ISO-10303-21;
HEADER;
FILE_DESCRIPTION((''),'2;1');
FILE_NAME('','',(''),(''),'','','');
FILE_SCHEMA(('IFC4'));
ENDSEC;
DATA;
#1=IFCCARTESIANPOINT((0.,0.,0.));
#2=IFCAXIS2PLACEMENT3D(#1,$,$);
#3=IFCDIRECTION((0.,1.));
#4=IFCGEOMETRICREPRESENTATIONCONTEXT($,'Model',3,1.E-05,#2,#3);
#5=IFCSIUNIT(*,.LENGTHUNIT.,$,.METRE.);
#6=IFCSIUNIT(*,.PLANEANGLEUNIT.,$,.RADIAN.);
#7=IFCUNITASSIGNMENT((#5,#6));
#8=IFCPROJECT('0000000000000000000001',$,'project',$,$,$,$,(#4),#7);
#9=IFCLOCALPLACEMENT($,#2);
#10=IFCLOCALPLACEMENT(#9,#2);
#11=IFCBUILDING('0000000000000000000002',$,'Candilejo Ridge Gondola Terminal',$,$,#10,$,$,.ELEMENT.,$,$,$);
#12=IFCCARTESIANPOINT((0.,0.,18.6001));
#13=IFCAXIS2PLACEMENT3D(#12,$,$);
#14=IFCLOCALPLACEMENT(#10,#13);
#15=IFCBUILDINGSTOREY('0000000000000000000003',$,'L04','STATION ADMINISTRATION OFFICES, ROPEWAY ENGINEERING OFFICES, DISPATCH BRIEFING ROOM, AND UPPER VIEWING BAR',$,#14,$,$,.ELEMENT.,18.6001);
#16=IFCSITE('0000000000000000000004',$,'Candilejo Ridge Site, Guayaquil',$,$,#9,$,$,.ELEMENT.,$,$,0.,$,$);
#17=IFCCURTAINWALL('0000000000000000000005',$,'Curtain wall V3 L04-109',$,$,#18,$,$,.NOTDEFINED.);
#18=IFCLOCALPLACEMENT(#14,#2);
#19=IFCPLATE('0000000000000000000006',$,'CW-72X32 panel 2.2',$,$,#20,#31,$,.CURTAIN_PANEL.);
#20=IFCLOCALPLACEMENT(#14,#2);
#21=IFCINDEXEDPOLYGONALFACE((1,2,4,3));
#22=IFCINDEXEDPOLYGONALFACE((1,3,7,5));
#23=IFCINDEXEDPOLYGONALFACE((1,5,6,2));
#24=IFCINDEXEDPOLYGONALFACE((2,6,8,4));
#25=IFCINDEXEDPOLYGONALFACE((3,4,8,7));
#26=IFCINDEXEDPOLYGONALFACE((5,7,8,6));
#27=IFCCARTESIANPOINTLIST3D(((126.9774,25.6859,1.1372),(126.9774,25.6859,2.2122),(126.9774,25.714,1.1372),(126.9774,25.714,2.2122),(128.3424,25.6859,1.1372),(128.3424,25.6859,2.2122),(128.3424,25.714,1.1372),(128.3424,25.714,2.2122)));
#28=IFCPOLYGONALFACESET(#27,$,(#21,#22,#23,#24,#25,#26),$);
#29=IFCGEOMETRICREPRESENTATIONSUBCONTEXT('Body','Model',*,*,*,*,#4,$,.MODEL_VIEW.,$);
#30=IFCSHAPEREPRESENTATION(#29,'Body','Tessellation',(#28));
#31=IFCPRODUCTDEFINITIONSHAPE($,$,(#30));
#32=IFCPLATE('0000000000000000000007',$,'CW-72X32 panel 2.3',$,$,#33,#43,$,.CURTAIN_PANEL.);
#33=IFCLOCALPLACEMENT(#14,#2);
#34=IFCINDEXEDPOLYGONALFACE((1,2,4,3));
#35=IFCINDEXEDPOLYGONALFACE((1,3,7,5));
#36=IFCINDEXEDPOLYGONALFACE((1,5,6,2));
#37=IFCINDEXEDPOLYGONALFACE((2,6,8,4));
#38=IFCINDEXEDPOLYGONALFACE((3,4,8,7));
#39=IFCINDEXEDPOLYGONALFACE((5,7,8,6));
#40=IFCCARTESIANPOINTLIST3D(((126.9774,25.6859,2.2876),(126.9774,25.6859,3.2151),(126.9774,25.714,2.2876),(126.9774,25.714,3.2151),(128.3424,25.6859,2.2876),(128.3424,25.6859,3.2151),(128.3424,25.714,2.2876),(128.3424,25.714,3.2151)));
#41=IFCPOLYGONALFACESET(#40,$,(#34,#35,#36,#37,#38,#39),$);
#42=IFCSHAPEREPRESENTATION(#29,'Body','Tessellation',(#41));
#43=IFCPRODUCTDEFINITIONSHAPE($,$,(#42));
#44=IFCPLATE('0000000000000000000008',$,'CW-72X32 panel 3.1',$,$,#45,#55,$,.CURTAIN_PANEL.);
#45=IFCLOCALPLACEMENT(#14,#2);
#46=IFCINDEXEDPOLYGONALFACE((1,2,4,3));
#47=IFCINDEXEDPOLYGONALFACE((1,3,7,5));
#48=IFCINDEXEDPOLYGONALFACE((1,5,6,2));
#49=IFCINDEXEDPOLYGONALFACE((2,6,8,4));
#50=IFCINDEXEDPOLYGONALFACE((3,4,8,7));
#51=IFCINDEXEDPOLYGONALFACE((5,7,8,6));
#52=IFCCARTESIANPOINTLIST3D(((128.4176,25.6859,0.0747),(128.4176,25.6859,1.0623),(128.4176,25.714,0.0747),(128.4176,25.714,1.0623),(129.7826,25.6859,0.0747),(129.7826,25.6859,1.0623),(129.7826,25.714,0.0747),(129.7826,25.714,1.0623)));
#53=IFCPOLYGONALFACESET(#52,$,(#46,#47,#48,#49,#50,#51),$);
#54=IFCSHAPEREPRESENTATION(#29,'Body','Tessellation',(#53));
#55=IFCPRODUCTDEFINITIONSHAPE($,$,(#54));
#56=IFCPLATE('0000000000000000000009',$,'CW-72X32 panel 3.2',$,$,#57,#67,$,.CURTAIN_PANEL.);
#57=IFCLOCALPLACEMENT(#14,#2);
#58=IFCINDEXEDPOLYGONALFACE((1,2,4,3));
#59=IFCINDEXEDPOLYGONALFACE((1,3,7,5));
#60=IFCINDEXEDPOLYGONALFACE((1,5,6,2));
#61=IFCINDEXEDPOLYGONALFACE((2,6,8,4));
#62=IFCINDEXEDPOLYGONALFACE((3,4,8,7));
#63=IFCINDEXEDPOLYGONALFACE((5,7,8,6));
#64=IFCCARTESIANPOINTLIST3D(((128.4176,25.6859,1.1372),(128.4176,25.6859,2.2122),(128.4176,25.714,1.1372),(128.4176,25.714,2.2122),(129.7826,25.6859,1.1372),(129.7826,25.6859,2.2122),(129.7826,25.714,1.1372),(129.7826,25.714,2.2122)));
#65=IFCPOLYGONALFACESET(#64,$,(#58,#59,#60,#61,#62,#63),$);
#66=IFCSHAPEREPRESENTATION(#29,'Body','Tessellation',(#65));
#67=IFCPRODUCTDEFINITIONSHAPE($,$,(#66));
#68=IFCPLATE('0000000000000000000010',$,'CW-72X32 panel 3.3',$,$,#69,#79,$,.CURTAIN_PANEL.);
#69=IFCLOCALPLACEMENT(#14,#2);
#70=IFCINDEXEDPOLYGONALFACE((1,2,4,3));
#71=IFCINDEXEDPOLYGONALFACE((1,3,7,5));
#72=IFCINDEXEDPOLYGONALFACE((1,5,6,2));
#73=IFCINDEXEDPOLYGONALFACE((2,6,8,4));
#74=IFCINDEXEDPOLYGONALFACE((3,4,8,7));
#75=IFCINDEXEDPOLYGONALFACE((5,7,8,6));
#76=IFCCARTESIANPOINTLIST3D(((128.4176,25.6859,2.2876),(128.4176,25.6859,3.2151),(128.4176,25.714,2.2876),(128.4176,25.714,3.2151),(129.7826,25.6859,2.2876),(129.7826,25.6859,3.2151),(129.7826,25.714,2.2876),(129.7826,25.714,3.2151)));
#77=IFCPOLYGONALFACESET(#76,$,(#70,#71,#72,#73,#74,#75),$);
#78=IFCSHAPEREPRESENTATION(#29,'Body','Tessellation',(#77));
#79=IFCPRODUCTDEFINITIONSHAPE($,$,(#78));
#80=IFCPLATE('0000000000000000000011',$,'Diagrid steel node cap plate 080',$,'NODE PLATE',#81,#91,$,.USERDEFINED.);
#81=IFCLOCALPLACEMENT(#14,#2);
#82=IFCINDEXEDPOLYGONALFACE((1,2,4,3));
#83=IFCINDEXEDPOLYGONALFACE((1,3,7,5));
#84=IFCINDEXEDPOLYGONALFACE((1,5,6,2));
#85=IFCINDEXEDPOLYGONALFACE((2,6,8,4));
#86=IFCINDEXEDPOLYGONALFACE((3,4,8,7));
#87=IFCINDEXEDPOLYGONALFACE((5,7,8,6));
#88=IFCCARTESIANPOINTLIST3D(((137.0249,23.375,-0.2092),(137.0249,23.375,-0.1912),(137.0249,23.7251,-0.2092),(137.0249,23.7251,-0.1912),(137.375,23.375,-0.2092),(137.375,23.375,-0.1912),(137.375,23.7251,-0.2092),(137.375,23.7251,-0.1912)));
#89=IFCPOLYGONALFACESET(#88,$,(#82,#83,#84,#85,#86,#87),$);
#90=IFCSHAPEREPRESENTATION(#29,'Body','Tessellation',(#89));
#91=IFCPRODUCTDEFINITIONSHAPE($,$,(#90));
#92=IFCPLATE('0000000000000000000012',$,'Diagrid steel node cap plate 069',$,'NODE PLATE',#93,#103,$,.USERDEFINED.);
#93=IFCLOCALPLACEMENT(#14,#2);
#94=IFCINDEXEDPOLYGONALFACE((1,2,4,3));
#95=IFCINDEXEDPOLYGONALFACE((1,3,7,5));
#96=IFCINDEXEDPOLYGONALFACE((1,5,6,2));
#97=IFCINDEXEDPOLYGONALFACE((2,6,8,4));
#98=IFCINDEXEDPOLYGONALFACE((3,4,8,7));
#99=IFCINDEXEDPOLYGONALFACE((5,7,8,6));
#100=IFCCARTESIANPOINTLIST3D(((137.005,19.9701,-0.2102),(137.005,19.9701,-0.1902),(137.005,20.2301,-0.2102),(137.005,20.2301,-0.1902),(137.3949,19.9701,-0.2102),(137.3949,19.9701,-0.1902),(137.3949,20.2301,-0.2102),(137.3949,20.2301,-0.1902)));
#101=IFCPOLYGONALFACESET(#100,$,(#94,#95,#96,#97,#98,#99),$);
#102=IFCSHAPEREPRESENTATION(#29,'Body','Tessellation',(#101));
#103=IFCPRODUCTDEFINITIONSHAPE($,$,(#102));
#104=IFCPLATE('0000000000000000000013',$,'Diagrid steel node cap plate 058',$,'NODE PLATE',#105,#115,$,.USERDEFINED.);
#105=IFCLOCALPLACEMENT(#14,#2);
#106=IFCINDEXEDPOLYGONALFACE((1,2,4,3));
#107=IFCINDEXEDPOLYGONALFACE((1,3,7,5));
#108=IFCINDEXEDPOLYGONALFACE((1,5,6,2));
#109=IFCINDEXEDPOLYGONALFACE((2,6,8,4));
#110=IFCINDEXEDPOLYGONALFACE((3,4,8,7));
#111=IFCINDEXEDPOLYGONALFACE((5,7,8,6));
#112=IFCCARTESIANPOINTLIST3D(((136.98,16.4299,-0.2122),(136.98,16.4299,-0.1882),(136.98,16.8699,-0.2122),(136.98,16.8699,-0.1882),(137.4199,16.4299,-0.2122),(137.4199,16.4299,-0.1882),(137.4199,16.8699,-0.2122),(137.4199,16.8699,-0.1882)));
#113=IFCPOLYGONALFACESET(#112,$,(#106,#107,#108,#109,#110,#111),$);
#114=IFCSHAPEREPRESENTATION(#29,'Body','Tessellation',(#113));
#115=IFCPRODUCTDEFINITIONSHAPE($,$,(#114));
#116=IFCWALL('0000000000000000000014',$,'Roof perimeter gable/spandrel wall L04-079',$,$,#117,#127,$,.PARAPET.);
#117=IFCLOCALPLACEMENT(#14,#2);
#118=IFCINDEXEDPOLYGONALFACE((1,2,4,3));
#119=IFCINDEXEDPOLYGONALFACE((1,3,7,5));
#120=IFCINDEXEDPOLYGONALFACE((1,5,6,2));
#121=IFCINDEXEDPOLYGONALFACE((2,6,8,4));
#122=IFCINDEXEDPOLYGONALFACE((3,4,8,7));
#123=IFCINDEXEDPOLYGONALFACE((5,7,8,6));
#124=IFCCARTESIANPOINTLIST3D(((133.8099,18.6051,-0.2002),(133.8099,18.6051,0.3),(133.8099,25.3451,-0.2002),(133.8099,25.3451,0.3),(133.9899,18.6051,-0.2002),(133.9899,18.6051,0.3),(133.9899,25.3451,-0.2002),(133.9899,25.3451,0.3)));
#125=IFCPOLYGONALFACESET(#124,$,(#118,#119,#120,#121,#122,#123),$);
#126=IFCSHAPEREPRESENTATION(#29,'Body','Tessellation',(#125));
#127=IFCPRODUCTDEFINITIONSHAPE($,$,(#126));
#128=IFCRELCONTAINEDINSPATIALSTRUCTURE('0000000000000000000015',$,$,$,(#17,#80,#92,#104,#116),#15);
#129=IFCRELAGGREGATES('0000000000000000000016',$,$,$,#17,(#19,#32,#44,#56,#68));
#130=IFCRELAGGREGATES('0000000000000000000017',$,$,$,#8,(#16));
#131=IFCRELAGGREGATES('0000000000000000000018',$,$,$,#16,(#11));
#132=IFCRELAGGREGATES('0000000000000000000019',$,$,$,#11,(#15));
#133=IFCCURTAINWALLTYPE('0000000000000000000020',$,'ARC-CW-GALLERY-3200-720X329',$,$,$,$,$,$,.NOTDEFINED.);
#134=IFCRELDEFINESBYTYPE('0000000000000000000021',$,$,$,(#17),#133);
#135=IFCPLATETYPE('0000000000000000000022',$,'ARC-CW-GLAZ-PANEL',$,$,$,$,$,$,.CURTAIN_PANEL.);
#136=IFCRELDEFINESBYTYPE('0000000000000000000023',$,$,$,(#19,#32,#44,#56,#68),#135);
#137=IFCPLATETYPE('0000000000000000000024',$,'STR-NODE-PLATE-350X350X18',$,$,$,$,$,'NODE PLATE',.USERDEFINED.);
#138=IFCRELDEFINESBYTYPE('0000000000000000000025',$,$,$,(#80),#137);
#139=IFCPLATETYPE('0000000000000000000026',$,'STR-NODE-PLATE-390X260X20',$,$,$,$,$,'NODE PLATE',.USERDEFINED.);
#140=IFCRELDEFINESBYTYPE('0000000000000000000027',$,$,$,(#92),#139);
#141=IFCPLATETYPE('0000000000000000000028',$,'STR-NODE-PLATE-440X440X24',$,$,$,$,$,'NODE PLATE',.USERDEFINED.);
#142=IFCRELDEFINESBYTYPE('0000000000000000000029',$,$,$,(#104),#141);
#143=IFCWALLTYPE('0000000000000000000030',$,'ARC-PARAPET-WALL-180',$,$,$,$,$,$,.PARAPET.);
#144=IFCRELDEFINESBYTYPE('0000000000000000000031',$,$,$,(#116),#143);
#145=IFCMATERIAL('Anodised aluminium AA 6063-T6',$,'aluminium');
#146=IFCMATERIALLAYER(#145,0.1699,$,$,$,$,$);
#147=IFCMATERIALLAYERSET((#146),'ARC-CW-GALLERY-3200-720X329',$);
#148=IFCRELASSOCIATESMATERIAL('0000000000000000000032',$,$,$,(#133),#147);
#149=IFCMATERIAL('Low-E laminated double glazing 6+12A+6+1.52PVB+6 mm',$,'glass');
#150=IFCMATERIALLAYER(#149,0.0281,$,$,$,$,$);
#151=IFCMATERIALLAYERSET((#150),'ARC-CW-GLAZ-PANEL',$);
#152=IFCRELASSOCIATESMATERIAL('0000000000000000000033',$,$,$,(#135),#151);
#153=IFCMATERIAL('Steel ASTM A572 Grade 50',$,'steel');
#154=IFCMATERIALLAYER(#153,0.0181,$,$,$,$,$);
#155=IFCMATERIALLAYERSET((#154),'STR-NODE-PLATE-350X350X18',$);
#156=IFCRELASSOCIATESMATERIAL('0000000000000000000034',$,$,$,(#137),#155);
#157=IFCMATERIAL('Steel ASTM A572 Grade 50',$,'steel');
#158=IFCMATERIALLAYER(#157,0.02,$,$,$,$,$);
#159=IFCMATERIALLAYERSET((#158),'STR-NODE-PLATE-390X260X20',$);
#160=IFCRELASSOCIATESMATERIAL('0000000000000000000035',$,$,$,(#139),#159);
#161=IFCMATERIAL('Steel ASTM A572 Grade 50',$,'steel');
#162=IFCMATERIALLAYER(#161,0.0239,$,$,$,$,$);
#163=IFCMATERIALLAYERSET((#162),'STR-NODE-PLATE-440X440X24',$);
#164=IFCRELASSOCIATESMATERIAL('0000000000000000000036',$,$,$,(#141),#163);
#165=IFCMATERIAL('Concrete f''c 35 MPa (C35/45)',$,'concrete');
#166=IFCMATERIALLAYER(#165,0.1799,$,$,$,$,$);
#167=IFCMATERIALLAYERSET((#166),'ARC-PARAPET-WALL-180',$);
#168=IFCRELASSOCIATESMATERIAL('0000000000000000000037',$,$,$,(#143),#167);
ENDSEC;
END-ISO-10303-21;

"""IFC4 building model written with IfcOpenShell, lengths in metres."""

from ifc_helpers import new_model, si_unit, direction, frame, frame_2d, origin, origin_2d, place, context, subcontext, project, spatial, rectangle, extrude, material, layer, layer_set, type_object, element, aggregate, save


model = new_model("IFC4")

# Units and contexts
model_context = context("Model", 3, precision=1e-05, world=origin(), true_north=direction((0.0, 1.0)))
body_context = subcontext(model_context, "Body", "Model", "MODEL_VIEW")
ifc_project = project(units=[si_unit("LENGTHUNIT", "METRE"), si_unit("PLANEANGLEUNIT", "RADIAN")], contexts=[model_context])

# Site, building, storey
site_placement = place(None, origin())
site = spatial("IfcSite", under=ifc_project, at=site_placement, Name="Candilejo Ridge Site, Guayaquil", CompositionType="ELEMENT", RefElevation=0.0)
building_placement = place(site_placement, origin())
building = spatial("IfcBuilding", under=site, at=building_placement, Name="Candilejo Ridge Gondola Terminal", CompositionType="ELEMENT")
storey_placement = place(building_placement, frame((0.0, 0.0, 18.6001)))
storey = spatial("IfcBuildingStorey", under=building, at=storey_placement, Name="L04", Description="STATION ADMINISTRATION OFFICES, ROPEWAY ENGINEERING OFFICES, DISPATCH BRIEFING ROOM, AND UPPER VIEWING BAR", CompositionType="ELEMENT", Elevation=18.6001)

# Curtain wall
ifc_material_1 = material(Name="Anodised aluminium AA 6063-T6", Category="aluminium")
ifc_layer_1 = layer(ifc_material_1, 0.1699)
ifc_layer_set_1 = layer_set([ifc_layer_1], Name="ARC-CW-GALLERY-3200-720X329")
curtain_wall_type = type_object("IfcCurtainWallType", Name="ARC-CW-GALLERY-3200-720X329", PredefinedType="NOTDEFINED", material=ifc_layer_set_1)
curtain_wall_placement = place(storey_placement, origin())
curtain_wall = element("IfcCurtainWall", 1, at=curtain_wall_placement, inside=storey, type_object=curtain_wall_type, Name="Curtain wall V3 L04-109", PredefinedType="NOTDEFINED")

# Plates
ifc_material_2 = material(Name="Low-E laminated double glazing 6+12A+6+1.52PVB+6 mm", Category="glass")
ifc_layer_2 = layer(ifc_material_2, 0.0281)
ifc_layer_set_2 = layer_set([ifc_layer_2], Name="ARC-CW-GLAZ-PANEL")
plate_type_1 = type_object("IfcPlateType", Name="ARC-CW-GLAZ-PANEL", PredefinedType="CURTAIN_PANEL", material=ifc_layer_set_2)
plate_1_placement = place(storey_placement, frame((127.6599, 25.7, 1.1372), z_axis=(0.0, 0.0, 1.0), x_axis=(1.0, 0.0, 0.0)))
plate_1 = element("IfcPlate", 2, at=plate_1_placement, type_object=plate_type_1, Name="CW-72X32 panel 2.2", PredefinedType="CURTAIN_PANEL", context=body_context, shape_type="SweptSolid", body=[
    extrude(rectangle(XDim=1.365, YDim=0.0281, at=origin_2d()), origin(), (0.0, 0.0, 1.0), 1.075),
])
plate_2_placement = place(storey_placement, frame((127.6599, 25.7, 2.2876), z_axis=(0.0, 0.0, 1.0), x_axis=(1.0, 0.0, 0.0)))
plate_2 = element("IfcPlate", 3, at=plate_2_placement, type_object=plate_type_1, Name="CW-72X32 panel 2.3", PredefinedType="CURTAIN_PANEL", context=body_context, shape_type="SweptSolid", body=[
    extrude(rectangle(XDim=1.365, YDim=0.0281, at=origin_2d()), origin(), (0.0, 0.0, 1.0), 0.9275),
])
plate_3_placement = place(storey_placement, frame((129.1001, 25.7, 0.0747), z_axis=(0.0, 0.0, 1.0), x_axis=(1.0, 0.0, 0.0)))
plate_3 = element("IfcPlate", 4, at=plate_3_placement, type_object=plate_type_1, Name="CW-72X32 panel 3.1", PredefinedType="CURTAIN_PANEL", context=body_context, shape_type="SweptSolid", body=[
    extrude(rectangle(XDim=1.365, YDim=0.0281, at=origin_2d()), origin(), (0.0, 0.0, 1.0), 0.9875),
])
plate_4_placement = place(storey_placement, frame((129.1001, 25.7, 1.1372), z_axis=(0.0, 0.0, 1.0), x_axis=(1.0, 0.0, 0.0)))
plate_4 = element("IfcPlate", 5, at=plate_4_placement, type_object=plate_type_1, Name="CW-72X32 panel 3.2", PredefinedType="CURTAIN_PANEL", context=body_context, shape_type="SweptSolid", body=[
    extrude(rectangle(XDim=1.365, YDim=0.0281, at=origin_2d()), origin(), (0.0, 0.0, 1.0), 1.075),
])
plate_5_placement = place(storey_placement, frame((129.1001, 25.7, 2.2876), z_axis=(0.0, 0.0, 1.0), x_axis=(1.0, 0.0, 0.0)))
plate_5 = element("IfcPlate", 6, at=plate_5_placement, type_object=plate_type_1, Name="CW-72X32 panel 3.3", PredefinedType="CURTAIN_PANEL", context=body_context, shape_type="SweptSolid", body=[
    extrude(rectangle(XDim=1.365, YDim=0.0281, at=origin_2d()), origin(), (0.0, 0.0, 1.0), 0.9275),
])
aggregate(curtain_wall, [plate_1, plate_2, plate_3, plate_4, plate_5])

# Plates
ifc_material_3 = material(Name="Steel ASTM A572 Grade 50", Category="steel")
ifc_layer_3 = layer(ifc_material_3, 0.0181)
ifc_layer_set_3 = layer_set([ifc_layer_3], Name="STR-NODE-PLATE-350X350X18")
plate_type_2 = type_object("IfcPlateType", Name="STR-NODE-PLATE-350X350X18", ElementType="NODE PLATE", PredefinedType="USERDEFINED", material=ifc_layer_set_3)
plate_6_placement = place(storey_placement, frame((137.2, 23.55, -0.2092), z_axis=(0.0, 0.0, 1.0), x_axis=(1.0, 0.0, 0.0)))
element("IfcPlate", 7, at=plate_6_placement, inside=storey, type_object=plate_type_2, Name="Diagrid steel node cap plate 080", ObjectType="NODE PLATE", PredefinedType="USERDEFINED", context=body_context, shape_type="SweptSolid", body=[
    extrude(rectangle(XDim=0.3501, YDim=0.3501, at=origin_2d()), origin(), (0.0, 0.0, 1.0), 0.0181),
])
ifc_material_4 = material(Name="Steel ASTM A572 Grade 50", Category="steel")
ifc_layer_4 = layer(ifc_material_4, 0.02)
ifc_layer_set_4 = layer_set([ifc_layer_4], Name="STR-NODE-PLATE-390X260X20")
plate_type_3 = type_object("IfcPlateType", Name="STR-NODE-PLATE-390X260X20", ElementType="NODE PLATE", PredefinedType="USERDEFINED", material=ifc_layer_set_4)
plate_7_placement = place(storey_placement, frame((137.2, 20.1001, -0.2102), z_axis=(0.0, 0.0, 1.0), x_axis=(1.0, 0.0, 0.0)))
element("IfcPlate", 8, at=plate_7_placement, inside=storey, type_object=plate_type_3, Name="Diagrid steel node cap plate 069", ObjectType="NODE PLATE", PredefinedType="USERDEFINED", context=body_context, shape_type="SweptSolid", body=[
    extrude(rectangle(XDim=0.3899, YDim=0.26, at=origin_2d()), origin(), (0.0, 0.0, 1.0), 0.02),
])
ifc_material_5 = material(Name="Steel ASTM A572 Grade 50", Category="steel")
ifc_layer_5 = layer(ifc_material_5, 0.0239)
ifc_layer_set_5 = layer_set([ifc_layer_5], Name="STR-NODE-PLATE-440X440X24")
plate_type_4 = type_object("IfcPlateType", Name="STR-NODE-PLATE-440X440X24", ElementType="NODE PLATE", PredefinedType="USERDEFINED", material=ifc_layer_set_5)
plate_8_placement = place(storey_placement, frame((137.2, 16.6499, -0.2122), z_axis=(0.0, 0.0, 1.0), x_axis=(1.0, 0.0, 0.0)))
element("IfcPlate", 9, at=plate_8_placement, inside=storey, type_object=plate_type_4, Name="Diagrid steel node cap plate 058", ObjectType="NODE PLATE", PredefinedType="USERDEFINED", context=body_context, shape_type="SweptSolid", body=[
    extrude(rectangle(XDim=0.4399, YDim=0.4399, at=origin_2d()), origin(), (0.0, 0.0, 1.0), 0.0239),
])

# Wall
ifc_material_6 = material(Name="Concrete f'c 35 MPa (C35/45)", Category="concrete")
ifc_layer_6 = layer(ifc_material_6, 0.1799)
ifc_layer_set_6 = layer_set([ifc_layer_6], Name="ARC-PARAPET-WALL-180")
wall_type = type_object("IfcWallType", Name="ARC-PARAPET-WALL-180", PredefinedType="PARAPET", material=ifc_layer_set_6)
wall_placement = place(storey_placement, frame((133.8999, 18.605, -0.2002), z_axis=(0.0, 0.0, 1.0), x_axis=(0.0, 1.0, 0.0)))
element("IfcWall", 10, at=wall_placement, inside=storey, type_object=wall_type, Name="Roof perimeter gable/spandrel wall L04-079", PredefinedType="PARAPET", context=body_context, shape_type="SweptSolid", body=[
    extrude(rectangle(XDim=6.74, YDim=0.1799, at=frame_2d((3.3701, 0.0))), origin(), (0.0, 0.0, 1.0), 0.5002),
])

save(model, "model.ifc")
